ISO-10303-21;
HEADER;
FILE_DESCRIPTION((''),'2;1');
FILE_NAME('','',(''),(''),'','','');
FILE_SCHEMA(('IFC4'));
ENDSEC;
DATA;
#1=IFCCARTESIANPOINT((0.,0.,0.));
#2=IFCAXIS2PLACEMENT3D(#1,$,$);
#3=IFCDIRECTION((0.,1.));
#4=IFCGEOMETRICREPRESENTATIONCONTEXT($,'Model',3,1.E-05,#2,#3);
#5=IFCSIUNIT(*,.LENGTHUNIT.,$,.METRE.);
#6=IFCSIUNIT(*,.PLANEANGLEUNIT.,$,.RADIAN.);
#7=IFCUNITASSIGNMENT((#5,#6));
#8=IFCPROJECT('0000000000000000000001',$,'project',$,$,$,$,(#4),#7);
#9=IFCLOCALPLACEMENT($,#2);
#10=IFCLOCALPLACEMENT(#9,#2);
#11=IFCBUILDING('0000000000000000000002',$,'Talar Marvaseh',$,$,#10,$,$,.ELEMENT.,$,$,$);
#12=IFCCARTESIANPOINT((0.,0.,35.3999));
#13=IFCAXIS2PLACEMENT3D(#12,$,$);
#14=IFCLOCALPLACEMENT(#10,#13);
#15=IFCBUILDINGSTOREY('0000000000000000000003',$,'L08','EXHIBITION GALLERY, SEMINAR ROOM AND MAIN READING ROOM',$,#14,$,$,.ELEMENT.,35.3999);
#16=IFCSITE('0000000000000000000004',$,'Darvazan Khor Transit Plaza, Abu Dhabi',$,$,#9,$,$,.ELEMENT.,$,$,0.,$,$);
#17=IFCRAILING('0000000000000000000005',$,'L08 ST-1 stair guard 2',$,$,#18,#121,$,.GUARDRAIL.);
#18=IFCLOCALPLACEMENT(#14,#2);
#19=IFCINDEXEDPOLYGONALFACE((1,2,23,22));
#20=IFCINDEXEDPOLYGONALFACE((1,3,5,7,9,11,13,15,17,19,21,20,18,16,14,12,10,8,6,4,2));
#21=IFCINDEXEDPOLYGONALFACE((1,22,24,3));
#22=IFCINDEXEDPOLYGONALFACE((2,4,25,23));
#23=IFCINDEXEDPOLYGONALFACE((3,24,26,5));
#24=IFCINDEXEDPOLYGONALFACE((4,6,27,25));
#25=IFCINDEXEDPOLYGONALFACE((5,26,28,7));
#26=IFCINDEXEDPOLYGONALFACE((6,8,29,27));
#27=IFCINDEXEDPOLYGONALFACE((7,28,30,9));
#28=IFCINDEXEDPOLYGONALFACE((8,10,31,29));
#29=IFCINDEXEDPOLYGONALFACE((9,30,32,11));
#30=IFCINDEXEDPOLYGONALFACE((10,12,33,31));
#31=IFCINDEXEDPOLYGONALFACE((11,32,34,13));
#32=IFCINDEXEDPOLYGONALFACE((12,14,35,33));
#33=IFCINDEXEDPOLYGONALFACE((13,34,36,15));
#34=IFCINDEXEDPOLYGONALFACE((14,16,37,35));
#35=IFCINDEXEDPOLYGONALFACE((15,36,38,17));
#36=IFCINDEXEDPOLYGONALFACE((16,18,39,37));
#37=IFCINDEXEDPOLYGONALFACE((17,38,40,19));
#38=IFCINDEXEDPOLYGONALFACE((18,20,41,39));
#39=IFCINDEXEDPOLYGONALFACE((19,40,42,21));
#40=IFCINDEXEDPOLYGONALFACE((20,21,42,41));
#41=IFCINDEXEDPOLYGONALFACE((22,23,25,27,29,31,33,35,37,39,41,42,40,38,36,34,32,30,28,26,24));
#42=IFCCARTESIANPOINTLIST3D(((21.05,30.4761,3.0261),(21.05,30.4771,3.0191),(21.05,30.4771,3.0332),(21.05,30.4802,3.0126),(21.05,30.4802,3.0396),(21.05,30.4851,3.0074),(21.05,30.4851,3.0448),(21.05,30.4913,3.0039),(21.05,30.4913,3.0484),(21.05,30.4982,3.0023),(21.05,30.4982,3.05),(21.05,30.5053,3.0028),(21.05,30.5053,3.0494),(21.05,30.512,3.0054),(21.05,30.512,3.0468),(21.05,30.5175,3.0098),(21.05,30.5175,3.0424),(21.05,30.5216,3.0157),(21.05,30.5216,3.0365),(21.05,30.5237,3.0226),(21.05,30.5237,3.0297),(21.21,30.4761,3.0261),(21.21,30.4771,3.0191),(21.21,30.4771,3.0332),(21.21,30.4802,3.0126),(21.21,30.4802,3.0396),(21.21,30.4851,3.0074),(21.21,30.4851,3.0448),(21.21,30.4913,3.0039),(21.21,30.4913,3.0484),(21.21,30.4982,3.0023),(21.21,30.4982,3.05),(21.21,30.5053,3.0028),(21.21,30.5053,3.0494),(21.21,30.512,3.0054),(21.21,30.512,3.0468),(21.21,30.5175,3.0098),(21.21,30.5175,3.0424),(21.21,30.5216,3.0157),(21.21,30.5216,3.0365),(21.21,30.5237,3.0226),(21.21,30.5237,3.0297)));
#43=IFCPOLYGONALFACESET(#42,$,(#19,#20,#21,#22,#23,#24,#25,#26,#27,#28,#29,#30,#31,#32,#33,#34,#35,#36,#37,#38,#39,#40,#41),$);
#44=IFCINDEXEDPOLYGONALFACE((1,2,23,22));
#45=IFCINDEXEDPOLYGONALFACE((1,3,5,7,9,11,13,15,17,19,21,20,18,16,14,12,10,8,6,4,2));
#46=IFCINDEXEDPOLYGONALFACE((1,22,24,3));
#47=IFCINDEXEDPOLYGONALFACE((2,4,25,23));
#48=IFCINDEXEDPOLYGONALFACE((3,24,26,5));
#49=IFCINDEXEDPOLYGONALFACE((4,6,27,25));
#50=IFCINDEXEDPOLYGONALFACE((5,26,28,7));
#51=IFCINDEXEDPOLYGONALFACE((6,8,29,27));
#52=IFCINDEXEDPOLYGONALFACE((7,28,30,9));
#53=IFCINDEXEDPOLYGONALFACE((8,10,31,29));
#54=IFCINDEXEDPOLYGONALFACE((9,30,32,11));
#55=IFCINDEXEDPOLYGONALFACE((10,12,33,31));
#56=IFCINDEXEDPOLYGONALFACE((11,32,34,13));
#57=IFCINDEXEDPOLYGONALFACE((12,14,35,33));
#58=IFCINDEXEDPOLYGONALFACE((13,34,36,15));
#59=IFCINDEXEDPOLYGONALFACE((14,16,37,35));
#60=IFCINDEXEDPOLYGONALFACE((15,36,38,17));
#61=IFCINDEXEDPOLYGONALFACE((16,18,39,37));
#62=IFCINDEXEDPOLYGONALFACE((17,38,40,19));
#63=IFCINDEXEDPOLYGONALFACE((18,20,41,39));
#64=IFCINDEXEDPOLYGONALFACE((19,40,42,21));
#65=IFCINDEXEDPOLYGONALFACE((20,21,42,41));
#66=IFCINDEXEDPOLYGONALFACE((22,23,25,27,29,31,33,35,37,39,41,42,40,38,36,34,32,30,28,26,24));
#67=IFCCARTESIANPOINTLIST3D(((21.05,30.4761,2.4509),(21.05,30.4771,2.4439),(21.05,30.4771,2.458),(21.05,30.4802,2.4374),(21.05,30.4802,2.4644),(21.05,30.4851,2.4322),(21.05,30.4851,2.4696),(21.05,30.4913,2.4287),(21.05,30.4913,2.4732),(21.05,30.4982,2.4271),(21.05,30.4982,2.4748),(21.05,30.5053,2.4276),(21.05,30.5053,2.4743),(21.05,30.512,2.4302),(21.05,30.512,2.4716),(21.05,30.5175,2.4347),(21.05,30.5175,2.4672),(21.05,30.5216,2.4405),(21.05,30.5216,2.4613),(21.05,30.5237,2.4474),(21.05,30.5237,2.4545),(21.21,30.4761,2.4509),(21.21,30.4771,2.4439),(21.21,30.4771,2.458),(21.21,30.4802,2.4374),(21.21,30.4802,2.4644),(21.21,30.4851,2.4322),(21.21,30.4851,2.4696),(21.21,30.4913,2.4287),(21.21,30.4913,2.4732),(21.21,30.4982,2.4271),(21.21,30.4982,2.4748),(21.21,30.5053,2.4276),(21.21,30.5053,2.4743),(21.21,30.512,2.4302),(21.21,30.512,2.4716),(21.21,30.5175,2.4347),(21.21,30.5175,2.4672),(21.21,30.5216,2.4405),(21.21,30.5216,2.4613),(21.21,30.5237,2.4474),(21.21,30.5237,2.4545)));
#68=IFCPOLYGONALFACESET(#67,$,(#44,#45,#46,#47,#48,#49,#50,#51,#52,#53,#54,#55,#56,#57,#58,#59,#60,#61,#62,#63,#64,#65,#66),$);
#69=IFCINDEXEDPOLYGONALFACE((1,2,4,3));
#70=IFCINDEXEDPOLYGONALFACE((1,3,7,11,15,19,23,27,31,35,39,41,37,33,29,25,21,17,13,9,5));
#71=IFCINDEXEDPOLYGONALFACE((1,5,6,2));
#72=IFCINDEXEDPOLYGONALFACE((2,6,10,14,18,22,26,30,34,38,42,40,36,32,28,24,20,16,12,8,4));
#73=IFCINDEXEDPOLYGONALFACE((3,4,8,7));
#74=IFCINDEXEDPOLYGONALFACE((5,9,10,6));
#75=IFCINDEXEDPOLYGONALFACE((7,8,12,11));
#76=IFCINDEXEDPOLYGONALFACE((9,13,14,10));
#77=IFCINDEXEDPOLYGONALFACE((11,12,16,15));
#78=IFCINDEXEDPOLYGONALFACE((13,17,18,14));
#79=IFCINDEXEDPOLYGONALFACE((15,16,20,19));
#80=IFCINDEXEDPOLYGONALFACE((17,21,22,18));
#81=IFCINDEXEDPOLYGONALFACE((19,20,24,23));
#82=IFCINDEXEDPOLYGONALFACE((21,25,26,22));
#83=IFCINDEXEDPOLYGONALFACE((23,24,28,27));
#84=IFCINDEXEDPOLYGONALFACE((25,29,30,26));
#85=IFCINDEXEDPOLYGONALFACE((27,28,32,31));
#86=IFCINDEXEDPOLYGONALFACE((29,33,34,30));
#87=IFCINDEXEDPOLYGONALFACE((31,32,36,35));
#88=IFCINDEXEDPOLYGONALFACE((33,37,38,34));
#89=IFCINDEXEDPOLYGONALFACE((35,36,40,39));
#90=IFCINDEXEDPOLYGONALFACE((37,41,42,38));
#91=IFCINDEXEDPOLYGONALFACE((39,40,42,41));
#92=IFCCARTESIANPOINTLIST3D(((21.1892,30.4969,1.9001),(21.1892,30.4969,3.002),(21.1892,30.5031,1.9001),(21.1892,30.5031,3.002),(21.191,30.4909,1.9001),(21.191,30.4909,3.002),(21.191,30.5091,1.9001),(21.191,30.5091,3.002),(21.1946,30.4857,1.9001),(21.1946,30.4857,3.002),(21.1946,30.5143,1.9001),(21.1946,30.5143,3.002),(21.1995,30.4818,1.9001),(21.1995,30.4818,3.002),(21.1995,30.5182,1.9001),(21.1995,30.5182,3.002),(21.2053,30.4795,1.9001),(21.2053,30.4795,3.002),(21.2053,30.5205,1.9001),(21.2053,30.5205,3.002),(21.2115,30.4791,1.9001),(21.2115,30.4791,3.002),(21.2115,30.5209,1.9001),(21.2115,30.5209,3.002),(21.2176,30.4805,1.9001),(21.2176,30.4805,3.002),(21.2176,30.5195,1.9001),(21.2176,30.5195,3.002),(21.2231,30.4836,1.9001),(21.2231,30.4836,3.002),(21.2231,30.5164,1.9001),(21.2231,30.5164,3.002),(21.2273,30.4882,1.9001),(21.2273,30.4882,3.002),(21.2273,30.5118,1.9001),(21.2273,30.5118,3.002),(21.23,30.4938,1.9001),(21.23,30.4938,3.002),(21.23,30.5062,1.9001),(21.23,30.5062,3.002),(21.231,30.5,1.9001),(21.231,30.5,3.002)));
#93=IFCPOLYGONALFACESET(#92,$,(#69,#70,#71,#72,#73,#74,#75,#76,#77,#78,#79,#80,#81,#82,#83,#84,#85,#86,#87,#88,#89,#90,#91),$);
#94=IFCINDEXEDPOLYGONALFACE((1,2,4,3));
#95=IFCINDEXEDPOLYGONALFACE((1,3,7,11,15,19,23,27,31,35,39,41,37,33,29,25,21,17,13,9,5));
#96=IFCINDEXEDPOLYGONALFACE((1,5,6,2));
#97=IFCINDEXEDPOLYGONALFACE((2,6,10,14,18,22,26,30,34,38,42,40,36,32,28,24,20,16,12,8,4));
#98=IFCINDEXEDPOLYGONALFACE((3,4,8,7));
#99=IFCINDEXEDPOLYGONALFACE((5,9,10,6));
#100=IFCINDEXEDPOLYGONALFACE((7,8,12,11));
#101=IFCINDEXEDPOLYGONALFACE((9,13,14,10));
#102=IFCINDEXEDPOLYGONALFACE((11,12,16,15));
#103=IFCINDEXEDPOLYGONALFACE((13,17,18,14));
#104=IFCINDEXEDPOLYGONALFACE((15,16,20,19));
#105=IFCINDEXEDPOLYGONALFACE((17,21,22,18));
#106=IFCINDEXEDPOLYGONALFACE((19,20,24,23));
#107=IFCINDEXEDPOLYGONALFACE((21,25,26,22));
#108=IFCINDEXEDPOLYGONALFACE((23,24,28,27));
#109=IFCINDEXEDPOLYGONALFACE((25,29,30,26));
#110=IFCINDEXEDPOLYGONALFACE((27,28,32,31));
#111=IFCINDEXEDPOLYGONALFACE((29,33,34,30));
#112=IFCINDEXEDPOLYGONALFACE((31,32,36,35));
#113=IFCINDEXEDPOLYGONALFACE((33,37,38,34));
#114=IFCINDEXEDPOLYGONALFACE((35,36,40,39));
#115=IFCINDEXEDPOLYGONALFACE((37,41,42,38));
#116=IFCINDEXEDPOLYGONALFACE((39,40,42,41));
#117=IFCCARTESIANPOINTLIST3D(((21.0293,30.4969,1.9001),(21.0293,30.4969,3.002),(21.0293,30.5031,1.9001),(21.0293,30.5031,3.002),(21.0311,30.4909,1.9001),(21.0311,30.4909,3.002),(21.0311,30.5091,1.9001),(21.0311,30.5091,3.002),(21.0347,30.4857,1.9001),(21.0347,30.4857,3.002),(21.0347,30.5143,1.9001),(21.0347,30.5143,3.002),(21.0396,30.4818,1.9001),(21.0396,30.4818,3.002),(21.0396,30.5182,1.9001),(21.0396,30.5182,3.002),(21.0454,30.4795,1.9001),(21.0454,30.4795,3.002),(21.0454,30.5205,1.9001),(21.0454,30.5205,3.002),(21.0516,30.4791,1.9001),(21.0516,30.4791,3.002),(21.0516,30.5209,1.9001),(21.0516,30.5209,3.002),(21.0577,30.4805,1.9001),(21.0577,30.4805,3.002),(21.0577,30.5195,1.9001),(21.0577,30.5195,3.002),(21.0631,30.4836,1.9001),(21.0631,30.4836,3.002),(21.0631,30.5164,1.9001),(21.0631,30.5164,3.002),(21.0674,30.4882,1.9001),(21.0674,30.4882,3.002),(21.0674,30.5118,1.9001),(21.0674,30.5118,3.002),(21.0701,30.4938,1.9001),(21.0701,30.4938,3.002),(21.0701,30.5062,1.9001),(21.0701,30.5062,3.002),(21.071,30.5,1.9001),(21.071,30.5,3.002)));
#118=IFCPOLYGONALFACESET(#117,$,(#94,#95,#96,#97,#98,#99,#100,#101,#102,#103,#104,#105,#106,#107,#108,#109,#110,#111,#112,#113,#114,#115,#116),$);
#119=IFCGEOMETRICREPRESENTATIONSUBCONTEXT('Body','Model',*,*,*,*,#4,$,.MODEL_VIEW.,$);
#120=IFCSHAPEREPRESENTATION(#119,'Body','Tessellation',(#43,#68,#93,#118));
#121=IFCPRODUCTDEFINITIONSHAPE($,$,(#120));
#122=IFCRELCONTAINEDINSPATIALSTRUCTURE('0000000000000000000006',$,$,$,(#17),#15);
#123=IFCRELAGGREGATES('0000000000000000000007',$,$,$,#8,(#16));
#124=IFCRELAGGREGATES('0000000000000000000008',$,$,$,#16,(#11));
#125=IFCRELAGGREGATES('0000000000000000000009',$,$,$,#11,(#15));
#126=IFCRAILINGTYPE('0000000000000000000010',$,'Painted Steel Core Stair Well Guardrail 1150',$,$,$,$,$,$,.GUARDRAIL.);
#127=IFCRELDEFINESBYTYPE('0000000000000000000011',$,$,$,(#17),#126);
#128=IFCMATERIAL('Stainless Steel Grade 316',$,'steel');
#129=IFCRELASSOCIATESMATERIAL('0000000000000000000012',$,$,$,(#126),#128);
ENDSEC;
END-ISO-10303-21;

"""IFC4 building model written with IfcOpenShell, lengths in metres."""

from ifc_helpers import new_model, si_unit, direction, frame, origin, origin_2d, place, context, subcontext, project, spatial, circle, extrude, material, type_object, element, save


model = new_model("IFC4")

# Units and contexts
model_context = context("Model", 3, precision=1e-05, world=origin(), true_north=direction((0.0, 1.0)))
body_context = subcontext(model_context, "Body", "Model", "MODEL_VIEW")
ifc_project = project(units=[si_unit("LENGTHUNIT", "METRE"), si_unit("PLANEANGLEUNIT", "RADIAN")], contexts=[model_context])

# Site, building, storey
site_placement = place(None, origin())
site = spatial("IfcSite", under=ifc_project, at=site_placement, Name="Darvazan Khor Transit Plaza, Abu Dhabi", CompositionType="ELEMENT", RefElevation=0.0)
building_placement = place(site_placement, origin())
building = spatial("IfcBuilding", under=site, at=building_placement, Name="Talar Marvaseh", CompositionType="ELEMENT")
storey_placement = place(building_placement, frame((0.0, 0.0, 35.3999)))
storey = spatial("IfcBuildingStorey", under=building, at=storey_placement, Name="L08", Description="EXHIBITION GALLERY, SEMINAR ROOM AND MAIN READING ROOM", CompositionType="ELEMENT", Elevation=35.3999)

# Railing
ifc_material_1 = material(Name="Stainless Steel Grade 316", Category="steel")
railing_type_1 = type_object("IfcRailingType", Name="Painted Steel Core Stair Well Guardrail 1150", PredefinedType="GUARDRAIL", material=ifc_material_1)
railing_1_placement = place(storey_placement, frame((21.21, 30.5, 1.9001)))
element("IfcRailing", 1, at=railing_1_placement, inside=storey, type_object=railing_type_1, Name="L08 ST-1 stair guard 2", PredefinedType="GUARDRAIL", context=body_context, shape_type="SweptSolid", body=[
    extrude(circle(Radius=0.0239, at=origin_2d()), frame((0.0, 0.0, 1.126), z_axis=(-1.0, 0.0, 0.0), x_axis=(0.0, -1.0, 0.0)), (0.0, 0.0, 1.0), 0.1599),
    extrude(circle(Radius=0.0239, at=origin_2d()), frame((0.0, 0.0, 0.5508), z_axis=(-1.0, 0.0, 0.0), x_axis=(0.0, -1.0, 0.0)), (0.0, 0.0, 1.0), 0.1599),
    extrude(circle(Radius=0.021, at=origin_2d()), origin(), (0.0, 0.0, 1.0), 1.1018),
    extrude(circle(Radius=0.021, at=origin_2d()), frame((-0.1599, 0.0, 0.0)), (0.0, 0.0, 1.0), 1.1018),
])

save(model, "model.ifc")
